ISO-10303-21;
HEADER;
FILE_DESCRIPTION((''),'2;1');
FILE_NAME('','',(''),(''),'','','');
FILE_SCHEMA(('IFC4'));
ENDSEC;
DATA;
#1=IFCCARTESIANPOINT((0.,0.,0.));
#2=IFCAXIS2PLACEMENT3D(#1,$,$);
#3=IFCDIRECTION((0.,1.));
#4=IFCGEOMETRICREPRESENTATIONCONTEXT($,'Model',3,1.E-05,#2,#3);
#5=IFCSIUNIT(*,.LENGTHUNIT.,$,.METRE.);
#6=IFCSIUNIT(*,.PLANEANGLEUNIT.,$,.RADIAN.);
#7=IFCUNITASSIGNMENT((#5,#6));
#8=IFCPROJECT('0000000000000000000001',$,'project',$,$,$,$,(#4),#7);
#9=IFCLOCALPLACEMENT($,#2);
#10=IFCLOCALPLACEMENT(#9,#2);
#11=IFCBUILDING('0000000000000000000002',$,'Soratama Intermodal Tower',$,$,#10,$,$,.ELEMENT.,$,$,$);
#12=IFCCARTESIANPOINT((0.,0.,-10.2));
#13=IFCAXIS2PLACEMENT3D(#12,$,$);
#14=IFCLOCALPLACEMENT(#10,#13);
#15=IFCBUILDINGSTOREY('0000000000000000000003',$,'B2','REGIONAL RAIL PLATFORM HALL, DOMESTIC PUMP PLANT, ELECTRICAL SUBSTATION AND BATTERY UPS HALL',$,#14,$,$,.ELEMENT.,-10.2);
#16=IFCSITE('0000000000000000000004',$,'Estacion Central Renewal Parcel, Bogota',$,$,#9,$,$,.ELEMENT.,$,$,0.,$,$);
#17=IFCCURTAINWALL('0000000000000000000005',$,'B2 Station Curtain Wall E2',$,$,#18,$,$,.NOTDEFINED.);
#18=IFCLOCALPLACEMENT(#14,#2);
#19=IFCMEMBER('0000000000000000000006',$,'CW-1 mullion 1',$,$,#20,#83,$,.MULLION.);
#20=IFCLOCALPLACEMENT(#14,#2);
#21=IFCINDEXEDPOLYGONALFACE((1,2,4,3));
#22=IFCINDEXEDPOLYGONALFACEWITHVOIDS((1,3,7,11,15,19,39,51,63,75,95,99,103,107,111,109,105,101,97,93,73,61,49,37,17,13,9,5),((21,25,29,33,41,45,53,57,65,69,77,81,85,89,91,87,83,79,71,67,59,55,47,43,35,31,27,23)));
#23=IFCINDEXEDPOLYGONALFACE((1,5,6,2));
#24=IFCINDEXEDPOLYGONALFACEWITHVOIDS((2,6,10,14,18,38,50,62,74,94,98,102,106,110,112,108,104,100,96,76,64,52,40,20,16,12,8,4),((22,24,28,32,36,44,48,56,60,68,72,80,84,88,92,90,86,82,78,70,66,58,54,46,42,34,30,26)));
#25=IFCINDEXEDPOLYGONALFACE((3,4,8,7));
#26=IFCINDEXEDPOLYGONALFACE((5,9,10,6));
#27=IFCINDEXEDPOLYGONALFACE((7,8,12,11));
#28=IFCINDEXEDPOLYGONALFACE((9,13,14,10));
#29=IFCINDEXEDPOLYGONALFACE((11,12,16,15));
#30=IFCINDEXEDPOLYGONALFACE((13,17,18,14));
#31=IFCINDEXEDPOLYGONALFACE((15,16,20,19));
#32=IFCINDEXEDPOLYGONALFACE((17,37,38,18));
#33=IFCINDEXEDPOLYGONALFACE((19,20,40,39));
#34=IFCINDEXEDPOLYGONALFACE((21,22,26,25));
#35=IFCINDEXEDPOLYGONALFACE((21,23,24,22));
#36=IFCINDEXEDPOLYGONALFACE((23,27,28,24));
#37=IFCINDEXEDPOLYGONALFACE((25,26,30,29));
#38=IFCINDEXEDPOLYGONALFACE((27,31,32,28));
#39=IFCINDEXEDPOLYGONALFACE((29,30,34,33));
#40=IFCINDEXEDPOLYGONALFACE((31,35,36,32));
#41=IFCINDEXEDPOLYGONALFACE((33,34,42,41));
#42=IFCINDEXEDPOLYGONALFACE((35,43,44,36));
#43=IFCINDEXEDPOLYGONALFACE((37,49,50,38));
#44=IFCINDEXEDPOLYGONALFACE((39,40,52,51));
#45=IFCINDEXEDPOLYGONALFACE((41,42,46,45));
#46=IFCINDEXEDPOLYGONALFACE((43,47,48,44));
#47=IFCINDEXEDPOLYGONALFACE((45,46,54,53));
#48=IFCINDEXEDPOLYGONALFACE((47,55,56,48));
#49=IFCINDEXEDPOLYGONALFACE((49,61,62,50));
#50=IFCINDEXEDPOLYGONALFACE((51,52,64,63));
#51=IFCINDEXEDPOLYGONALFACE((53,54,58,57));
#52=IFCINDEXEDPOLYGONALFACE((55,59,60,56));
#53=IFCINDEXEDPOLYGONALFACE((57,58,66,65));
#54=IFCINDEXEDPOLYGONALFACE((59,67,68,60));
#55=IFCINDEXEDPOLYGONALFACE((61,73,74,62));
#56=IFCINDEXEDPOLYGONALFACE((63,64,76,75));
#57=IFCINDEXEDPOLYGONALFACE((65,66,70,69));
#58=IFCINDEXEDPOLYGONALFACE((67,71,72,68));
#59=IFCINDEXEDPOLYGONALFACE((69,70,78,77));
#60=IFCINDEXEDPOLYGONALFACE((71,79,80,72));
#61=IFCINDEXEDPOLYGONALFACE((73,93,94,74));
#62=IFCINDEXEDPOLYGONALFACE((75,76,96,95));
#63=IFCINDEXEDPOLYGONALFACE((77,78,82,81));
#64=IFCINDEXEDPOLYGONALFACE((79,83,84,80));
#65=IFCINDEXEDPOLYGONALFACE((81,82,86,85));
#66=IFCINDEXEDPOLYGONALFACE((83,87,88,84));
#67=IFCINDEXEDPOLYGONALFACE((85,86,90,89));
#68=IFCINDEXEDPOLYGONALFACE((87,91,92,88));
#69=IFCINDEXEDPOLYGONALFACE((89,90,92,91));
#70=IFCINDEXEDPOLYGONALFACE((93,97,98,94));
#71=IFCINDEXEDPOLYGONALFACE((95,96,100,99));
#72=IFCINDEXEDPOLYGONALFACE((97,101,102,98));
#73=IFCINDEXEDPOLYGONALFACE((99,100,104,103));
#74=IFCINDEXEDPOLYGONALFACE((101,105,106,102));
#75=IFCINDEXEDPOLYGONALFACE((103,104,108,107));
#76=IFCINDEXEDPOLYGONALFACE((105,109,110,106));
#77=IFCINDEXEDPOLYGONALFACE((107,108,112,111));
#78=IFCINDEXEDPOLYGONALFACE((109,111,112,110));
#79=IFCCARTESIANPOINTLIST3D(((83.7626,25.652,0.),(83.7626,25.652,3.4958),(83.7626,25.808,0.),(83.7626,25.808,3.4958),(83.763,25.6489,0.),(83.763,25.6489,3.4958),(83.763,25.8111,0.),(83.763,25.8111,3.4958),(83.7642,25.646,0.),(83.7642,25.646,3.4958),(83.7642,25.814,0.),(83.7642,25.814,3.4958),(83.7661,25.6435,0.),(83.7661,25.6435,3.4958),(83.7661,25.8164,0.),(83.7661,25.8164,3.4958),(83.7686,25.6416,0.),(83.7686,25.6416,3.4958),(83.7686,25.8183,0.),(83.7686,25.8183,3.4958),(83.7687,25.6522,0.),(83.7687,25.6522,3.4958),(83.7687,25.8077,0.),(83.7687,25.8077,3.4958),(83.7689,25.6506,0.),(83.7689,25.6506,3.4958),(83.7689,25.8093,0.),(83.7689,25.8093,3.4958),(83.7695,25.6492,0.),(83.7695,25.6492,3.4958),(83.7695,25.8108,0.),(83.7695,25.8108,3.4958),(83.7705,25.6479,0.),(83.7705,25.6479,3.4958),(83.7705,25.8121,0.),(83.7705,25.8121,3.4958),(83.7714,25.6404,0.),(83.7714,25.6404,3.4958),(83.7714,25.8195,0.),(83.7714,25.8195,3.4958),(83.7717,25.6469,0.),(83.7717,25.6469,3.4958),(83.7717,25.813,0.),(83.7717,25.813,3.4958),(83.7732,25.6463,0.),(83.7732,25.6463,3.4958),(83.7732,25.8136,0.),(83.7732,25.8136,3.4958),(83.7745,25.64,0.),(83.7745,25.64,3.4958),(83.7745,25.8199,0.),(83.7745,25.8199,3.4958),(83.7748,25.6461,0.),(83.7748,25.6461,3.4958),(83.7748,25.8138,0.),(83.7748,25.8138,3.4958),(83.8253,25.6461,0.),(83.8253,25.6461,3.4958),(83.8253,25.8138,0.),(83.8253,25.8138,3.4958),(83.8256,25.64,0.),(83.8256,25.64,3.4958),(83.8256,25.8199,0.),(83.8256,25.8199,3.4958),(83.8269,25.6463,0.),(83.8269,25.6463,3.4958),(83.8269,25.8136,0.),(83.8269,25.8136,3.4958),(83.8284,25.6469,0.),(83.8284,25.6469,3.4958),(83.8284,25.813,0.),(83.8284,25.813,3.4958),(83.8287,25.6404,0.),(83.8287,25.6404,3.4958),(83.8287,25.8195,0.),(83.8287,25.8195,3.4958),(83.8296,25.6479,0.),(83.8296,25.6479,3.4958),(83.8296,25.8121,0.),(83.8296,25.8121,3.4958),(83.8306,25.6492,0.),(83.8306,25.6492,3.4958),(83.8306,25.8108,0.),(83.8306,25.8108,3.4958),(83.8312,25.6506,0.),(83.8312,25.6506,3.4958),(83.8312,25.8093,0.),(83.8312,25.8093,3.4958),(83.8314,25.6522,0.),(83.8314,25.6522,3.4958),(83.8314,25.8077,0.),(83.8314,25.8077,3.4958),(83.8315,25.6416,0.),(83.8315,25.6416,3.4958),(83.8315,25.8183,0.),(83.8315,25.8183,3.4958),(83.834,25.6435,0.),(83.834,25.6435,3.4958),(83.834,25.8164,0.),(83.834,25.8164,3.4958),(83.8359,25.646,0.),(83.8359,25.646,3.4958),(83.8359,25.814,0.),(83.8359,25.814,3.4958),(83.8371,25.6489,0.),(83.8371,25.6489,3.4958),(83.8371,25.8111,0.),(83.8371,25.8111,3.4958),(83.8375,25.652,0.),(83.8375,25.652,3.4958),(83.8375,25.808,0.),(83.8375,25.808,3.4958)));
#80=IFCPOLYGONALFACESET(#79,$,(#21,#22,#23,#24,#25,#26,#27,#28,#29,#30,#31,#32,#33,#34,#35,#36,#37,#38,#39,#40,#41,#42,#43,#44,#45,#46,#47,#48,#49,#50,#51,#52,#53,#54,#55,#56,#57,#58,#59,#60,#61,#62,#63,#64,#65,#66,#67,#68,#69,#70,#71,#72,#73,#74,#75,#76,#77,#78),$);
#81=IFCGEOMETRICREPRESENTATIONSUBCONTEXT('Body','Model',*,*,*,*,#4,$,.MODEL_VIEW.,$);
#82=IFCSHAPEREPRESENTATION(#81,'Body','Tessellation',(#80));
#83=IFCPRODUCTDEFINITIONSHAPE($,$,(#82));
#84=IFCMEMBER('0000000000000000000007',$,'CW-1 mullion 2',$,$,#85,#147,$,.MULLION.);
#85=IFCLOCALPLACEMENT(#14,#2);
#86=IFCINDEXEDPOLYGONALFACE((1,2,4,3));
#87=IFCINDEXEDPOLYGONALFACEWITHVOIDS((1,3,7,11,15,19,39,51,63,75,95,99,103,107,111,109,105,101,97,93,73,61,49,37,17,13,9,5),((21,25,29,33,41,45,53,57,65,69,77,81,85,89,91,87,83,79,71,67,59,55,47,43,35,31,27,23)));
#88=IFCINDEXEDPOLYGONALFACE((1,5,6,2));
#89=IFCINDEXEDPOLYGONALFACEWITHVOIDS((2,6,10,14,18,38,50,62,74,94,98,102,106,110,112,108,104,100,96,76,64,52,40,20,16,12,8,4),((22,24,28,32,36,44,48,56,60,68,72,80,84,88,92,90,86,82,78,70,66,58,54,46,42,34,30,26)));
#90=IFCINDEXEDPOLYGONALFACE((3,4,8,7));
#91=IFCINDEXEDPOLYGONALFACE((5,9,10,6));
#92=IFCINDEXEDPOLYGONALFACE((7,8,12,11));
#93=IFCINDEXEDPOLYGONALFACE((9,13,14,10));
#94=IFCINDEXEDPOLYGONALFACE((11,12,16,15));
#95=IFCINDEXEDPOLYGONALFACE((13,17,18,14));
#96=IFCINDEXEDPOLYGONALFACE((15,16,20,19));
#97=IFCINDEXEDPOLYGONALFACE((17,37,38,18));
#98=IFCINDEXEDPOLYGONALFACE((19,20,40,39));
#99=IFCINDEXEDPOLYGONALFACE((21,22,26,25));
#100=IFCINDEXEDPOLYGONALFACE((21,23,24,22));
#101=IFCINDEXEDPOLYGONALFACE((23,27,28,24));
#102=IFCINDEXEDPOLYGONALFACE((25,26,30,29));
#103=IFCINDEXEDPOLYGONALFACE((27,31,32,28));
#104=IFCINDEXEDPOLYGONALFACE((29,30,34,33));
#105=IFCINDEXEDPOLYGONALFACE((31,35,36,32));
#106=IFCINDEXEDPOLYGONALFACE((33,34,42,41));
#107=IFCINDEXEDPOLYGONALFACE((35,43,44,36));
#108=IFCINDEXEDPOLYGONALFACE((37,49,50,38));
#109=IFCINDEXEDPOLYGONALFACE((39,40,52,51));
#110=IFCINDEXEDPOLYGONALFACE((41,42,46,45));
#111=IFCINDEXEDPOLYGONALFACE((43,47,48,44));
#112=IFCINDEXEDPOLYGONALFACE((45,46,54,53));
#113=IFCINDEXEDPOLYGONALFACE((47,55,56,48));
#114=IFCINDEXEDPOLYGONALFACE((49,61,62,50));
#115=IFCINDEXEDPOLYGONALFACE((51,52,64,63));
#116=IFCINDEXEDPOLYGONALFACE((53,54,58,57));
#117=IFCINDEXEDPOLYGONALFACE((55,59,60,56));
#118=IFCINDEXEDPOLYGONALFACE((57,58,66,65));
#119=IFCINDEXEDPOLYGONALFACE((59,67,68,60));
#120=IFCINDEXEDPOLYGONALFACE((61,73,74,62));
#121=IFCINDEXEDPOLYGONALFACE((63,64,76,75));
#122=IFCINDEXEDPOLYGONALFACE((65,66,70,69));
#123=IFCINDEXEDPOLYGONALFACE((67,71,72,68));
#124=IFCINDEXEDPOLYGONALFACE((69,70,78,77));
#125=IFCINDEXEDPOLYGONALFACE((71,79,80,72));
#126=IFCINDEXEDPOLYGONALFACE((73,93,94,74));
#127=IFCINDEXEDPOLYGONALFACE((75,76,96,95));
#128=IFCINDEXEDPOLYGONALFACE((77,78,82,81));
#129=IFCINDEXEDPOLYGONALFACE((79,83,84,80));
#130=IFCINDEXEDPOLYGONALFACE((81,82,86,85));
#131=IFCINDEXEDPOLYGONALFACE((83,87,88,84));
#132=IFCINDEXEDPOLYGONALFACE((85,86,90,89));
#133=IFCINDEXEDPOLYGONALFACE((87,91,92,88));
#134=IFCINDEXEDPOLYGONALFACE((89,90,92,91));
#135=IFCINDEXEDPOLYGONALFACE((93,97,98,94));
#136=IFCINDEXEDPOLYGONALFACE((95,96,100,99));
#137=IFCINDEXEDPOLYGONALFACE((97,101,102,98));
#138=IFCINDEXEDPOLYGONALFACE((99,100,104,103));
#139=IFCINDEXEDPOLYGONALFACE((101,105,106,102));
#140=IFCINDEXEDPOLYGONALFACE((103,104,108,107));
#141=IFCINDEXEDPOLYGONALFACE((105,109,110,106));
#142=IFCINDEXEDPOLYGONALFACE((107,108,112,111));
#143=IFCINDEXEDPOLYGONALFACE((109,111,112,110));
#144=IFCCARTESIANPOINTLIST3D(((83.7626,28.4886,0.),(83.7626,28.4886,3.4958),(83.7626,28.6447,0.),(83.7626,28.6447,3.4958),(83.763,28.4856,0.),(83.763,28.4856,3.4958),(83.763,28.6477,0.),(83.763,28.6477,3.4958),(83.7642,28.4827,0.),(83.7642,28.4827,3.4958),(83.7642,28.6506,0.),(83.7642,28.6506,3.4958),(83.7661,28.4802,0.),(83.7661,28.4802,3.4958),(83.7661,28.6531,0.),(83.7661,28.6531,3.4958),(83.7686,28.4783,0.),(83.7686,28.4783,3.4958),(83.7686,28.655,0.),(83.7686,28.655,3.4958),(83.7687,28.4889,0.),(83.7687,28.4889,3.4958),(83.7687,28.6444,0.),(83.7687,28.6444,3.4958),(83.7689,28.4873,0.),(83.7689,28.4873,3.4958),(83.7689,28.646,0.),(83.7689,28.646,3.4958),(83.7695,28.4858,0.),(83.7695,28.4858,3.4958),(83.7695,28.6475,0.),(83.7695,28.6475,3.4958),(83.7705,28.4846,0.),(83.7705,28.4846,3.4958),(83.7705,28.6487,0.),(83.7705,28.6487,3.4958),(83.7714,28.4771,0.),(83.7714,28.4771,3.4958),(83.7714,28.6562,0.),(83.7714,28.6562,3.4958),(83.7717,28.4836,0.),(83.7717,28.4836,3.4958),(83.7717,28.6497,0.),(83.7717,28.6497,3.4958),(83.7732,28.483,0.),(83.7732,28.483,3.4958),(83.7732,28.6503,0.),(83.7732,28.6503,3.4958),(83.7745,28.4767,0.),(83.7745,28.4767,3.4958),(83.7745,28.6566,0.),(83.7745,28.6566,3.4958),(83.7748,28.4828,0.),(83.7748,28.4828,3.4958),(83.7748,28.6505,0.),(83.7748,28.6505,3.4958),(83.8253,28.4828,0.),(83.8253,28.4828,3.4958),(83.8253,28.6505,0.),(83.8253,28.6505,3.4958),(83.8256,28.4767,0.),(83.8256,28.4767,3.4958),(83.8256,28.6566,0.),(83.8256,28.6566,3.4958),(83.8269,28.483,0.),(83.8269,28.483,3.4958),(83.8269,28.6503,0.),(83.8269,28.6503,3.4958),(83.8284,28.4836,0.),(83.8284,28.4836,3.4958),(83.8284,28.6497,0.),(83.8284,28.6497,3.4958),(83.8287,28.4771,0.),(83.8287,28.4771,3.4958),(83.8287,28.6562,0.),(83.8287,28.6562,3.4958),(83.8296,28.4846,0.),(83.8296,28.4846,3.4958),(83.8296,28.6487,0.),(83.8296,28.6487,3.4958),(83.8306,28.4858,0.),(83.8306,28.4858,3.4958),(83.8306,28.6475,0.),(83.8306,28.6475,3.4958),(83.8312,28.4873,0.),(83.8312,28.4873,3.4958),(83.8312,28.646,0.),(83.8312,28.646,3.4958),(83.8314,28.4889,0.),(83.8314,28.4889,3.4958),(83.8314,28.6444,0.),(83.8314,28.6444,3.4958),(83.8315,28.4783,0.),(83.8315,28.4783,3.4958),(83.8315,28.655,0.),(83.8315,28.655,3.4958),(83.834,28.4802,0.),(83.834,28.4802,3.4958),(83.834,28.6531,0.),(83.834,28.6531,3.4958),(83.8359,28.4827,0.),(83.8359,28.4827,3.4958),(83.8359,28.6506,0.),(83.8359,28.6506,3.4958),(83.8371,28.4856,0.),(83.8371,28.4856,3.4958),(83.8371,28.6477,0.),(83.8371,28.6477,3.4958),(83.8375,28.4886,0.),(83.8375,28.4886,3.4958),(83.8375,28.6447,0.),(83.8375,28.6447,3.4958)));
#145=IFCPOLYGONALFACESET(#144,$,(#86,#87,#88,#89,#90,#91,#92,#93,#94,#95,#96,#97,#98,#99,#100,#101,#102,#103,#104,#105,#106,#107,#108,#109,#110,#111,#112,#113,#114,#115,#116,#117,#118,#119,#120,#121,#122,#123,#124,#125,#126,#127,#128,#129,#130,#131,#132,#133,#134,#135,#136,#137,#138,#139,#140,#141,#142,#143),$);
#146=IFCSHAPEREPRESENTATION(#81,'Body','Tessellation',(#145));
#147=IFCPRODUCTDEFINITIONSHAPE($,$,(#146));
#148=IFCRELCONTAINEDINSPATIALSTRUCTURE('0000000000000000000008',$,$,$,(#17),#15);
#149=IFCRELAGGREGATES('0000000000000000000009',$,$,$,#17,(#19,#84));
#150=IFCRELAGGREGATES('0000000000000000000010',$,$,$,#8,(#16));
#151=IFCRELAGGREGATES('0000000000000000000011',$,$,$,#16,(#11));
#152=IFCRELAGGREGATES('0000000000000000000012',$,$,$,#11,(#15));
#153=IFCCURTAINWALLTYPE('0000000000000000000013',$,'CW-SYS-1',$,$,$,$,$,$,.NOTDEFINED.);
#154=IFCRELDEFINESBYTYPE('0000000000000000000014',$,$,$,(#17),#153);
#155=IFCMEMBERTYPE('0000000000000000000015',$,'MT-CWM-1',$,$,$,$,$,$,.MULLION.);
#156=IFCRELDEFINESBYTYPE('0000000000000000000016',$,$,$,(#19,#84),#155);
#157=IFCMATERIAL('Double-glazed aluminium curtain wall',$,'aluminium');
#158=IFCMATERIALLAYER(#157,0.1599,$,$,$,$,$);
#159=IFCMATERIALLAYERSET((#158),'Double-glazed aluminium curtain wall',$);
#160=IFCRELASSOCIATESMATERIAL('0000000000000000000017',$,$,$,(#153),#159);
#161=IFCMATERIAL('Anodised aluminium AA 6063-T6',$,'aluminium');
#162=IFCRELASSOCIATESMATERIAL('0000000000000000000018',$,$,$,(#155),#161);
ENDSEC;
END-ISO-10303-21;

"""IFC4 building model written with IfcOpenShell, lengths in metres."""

from ifc_helpers import new_model, si_unit, direction, frame, origin, origin_2d, place, context, subcontext, project, spatial, hollow_rectangle, extrude, material, layer, layer_set, material_profile, profile_set, type_object, element, aggregate, save


model = new_model("IFC4")

# Units and contexts
model_context = context("Model", 3, precision=1e-05, world=origin(), true_north=direction((0.0, 1.0)))
body_context = subcontext(model_context, "Body", "Model", "MODEL_VIEW")
ifc_project = project(units=[si_unit("LENGTHUNIT", "METRE"), si_unit("PLANEANGLEUNIT", "RADIAN")], contexts=[model_context])

# Site, building, storey
site_placement = place(None, origin())
site = spatial("IfcSite", under=ifc_project, at=site_placement, Name="Estacion Central Renewal Parcel, Bogota", CompositionType="ELEMENT", RefElevation=0.0)
building_placement = place(site_placement, origin())
building = spatial("IfcBuilding", under=site, at=building_placement, Name="Soratama Intermodal Tower", CompositionType="ELEMENT")
storey_placement = place(building_placement, frame((0.0, 0.0, -10.2)))
storey = spatial("IfcBuildingStorey", under=building, at=storey_placement, Name="B2", Description="REGIONAL RAIL PLATFORM HALL, DOMESTIC PUMP PLANT, ELECTRICAL SUBSTATION AND BATTERY UPS HALL", CompositionType="ELEMENT", Elevation=-10.2)

# Curtain wall, members
ifc_material_1 = material(Name="Double-glazed aluminium curtain wall", Category="aluminium")
ifc_layer_1 = layer(ifc_material_1, 0.1599)
ifc_layer_set_1 = layer_set([ifc_layer_1], Name="Double-glazed aluminium curtain wall")
curtain_wall_type = type_object("IfcCurtainWallType", Name="CW-SYS-1", PredefinedType="NOTDEFINED", material=ifc_layer_set_1)
curtain_wall_placement = place(storey_placement, origin())
curtain_wall = element("IfcCurtainWall", 1, at=curtain_wall_placement, inside=storey, type_object=curtain_wall_type, Name="B2 Station Curtain Wall E2", PredefinedType="NOTDEFINED")
ifc_material_2 = material(Name="Anodised aluminium AA 6063-T6", Category="aluminium")
ifc_material_profile_1 = material_profile(ifc_material_2, hollow_rectangle(XDim=0.075, YDim=0.1799, WallThickness=0.0061, InnerFilletRadius=0.0061, OuterFilletRadius=0.012, at=origin_2d()), Name="CWM180X75X6")
ifc_profile_set_1 = profile_set([ifc_material_profile_1], Name="Anodised aluminium AA 6063-T6")
member_type_1 = type_object("IfcMemberType", Name="MT-CWM-1", PredefinedType="MULLION", material=ifc_profile_set_1)
member_1_placement = place(storey_placement, frame((83.8, 25.73, 0.0), z_axis=(0.0, 0.0, 1.0), x_axis=(-1.0, 0.0, 0.0)))
member_1 = element("IfcMember", 2, at=member_1_placement, type_object=member_type_1, Name="CW-1 mullion 1", PredefinedType="MULLION", context=body_context, shape_type="SweptSolid", body=[
    extrude(hollow_rectangle(XDim=0.075, YDim=0.1799, WallThickness=0.0061, InnerFilletRadius=0.0061, OuterFilletRadius=0.012, at=origin_2d()), origin(), (0.0, 0.0, 1.0), 3.4958),
])
member_2_placement = place(storey_placement, frame((83.8, 28.5667, 0.0), z_axis=(0.0, 0.0, 1.0), x_axis=(-1.0, 0.0, 0.0)))
member_2 = element("IfcMember", 3, at=member_2_placement, type_object=member_type_1, Name="CW-1 mullion 2", PredefinedType="MULLION", context=body_context, shape_type="SweptSolid", body=[
    extrude(hollow_rectangle(XDim=0.075, YDim=0.1799, WallThickness=0.0061, InnerFilletRadius=0.0061, OuterFilletRadius=0.012, at=origin_2d()), origin(), (0.0, 0.0, 1.0), 3.4958),
])
aggregate(curtain_wall, [member_1, member_2])

save(model, "model.ifc")
